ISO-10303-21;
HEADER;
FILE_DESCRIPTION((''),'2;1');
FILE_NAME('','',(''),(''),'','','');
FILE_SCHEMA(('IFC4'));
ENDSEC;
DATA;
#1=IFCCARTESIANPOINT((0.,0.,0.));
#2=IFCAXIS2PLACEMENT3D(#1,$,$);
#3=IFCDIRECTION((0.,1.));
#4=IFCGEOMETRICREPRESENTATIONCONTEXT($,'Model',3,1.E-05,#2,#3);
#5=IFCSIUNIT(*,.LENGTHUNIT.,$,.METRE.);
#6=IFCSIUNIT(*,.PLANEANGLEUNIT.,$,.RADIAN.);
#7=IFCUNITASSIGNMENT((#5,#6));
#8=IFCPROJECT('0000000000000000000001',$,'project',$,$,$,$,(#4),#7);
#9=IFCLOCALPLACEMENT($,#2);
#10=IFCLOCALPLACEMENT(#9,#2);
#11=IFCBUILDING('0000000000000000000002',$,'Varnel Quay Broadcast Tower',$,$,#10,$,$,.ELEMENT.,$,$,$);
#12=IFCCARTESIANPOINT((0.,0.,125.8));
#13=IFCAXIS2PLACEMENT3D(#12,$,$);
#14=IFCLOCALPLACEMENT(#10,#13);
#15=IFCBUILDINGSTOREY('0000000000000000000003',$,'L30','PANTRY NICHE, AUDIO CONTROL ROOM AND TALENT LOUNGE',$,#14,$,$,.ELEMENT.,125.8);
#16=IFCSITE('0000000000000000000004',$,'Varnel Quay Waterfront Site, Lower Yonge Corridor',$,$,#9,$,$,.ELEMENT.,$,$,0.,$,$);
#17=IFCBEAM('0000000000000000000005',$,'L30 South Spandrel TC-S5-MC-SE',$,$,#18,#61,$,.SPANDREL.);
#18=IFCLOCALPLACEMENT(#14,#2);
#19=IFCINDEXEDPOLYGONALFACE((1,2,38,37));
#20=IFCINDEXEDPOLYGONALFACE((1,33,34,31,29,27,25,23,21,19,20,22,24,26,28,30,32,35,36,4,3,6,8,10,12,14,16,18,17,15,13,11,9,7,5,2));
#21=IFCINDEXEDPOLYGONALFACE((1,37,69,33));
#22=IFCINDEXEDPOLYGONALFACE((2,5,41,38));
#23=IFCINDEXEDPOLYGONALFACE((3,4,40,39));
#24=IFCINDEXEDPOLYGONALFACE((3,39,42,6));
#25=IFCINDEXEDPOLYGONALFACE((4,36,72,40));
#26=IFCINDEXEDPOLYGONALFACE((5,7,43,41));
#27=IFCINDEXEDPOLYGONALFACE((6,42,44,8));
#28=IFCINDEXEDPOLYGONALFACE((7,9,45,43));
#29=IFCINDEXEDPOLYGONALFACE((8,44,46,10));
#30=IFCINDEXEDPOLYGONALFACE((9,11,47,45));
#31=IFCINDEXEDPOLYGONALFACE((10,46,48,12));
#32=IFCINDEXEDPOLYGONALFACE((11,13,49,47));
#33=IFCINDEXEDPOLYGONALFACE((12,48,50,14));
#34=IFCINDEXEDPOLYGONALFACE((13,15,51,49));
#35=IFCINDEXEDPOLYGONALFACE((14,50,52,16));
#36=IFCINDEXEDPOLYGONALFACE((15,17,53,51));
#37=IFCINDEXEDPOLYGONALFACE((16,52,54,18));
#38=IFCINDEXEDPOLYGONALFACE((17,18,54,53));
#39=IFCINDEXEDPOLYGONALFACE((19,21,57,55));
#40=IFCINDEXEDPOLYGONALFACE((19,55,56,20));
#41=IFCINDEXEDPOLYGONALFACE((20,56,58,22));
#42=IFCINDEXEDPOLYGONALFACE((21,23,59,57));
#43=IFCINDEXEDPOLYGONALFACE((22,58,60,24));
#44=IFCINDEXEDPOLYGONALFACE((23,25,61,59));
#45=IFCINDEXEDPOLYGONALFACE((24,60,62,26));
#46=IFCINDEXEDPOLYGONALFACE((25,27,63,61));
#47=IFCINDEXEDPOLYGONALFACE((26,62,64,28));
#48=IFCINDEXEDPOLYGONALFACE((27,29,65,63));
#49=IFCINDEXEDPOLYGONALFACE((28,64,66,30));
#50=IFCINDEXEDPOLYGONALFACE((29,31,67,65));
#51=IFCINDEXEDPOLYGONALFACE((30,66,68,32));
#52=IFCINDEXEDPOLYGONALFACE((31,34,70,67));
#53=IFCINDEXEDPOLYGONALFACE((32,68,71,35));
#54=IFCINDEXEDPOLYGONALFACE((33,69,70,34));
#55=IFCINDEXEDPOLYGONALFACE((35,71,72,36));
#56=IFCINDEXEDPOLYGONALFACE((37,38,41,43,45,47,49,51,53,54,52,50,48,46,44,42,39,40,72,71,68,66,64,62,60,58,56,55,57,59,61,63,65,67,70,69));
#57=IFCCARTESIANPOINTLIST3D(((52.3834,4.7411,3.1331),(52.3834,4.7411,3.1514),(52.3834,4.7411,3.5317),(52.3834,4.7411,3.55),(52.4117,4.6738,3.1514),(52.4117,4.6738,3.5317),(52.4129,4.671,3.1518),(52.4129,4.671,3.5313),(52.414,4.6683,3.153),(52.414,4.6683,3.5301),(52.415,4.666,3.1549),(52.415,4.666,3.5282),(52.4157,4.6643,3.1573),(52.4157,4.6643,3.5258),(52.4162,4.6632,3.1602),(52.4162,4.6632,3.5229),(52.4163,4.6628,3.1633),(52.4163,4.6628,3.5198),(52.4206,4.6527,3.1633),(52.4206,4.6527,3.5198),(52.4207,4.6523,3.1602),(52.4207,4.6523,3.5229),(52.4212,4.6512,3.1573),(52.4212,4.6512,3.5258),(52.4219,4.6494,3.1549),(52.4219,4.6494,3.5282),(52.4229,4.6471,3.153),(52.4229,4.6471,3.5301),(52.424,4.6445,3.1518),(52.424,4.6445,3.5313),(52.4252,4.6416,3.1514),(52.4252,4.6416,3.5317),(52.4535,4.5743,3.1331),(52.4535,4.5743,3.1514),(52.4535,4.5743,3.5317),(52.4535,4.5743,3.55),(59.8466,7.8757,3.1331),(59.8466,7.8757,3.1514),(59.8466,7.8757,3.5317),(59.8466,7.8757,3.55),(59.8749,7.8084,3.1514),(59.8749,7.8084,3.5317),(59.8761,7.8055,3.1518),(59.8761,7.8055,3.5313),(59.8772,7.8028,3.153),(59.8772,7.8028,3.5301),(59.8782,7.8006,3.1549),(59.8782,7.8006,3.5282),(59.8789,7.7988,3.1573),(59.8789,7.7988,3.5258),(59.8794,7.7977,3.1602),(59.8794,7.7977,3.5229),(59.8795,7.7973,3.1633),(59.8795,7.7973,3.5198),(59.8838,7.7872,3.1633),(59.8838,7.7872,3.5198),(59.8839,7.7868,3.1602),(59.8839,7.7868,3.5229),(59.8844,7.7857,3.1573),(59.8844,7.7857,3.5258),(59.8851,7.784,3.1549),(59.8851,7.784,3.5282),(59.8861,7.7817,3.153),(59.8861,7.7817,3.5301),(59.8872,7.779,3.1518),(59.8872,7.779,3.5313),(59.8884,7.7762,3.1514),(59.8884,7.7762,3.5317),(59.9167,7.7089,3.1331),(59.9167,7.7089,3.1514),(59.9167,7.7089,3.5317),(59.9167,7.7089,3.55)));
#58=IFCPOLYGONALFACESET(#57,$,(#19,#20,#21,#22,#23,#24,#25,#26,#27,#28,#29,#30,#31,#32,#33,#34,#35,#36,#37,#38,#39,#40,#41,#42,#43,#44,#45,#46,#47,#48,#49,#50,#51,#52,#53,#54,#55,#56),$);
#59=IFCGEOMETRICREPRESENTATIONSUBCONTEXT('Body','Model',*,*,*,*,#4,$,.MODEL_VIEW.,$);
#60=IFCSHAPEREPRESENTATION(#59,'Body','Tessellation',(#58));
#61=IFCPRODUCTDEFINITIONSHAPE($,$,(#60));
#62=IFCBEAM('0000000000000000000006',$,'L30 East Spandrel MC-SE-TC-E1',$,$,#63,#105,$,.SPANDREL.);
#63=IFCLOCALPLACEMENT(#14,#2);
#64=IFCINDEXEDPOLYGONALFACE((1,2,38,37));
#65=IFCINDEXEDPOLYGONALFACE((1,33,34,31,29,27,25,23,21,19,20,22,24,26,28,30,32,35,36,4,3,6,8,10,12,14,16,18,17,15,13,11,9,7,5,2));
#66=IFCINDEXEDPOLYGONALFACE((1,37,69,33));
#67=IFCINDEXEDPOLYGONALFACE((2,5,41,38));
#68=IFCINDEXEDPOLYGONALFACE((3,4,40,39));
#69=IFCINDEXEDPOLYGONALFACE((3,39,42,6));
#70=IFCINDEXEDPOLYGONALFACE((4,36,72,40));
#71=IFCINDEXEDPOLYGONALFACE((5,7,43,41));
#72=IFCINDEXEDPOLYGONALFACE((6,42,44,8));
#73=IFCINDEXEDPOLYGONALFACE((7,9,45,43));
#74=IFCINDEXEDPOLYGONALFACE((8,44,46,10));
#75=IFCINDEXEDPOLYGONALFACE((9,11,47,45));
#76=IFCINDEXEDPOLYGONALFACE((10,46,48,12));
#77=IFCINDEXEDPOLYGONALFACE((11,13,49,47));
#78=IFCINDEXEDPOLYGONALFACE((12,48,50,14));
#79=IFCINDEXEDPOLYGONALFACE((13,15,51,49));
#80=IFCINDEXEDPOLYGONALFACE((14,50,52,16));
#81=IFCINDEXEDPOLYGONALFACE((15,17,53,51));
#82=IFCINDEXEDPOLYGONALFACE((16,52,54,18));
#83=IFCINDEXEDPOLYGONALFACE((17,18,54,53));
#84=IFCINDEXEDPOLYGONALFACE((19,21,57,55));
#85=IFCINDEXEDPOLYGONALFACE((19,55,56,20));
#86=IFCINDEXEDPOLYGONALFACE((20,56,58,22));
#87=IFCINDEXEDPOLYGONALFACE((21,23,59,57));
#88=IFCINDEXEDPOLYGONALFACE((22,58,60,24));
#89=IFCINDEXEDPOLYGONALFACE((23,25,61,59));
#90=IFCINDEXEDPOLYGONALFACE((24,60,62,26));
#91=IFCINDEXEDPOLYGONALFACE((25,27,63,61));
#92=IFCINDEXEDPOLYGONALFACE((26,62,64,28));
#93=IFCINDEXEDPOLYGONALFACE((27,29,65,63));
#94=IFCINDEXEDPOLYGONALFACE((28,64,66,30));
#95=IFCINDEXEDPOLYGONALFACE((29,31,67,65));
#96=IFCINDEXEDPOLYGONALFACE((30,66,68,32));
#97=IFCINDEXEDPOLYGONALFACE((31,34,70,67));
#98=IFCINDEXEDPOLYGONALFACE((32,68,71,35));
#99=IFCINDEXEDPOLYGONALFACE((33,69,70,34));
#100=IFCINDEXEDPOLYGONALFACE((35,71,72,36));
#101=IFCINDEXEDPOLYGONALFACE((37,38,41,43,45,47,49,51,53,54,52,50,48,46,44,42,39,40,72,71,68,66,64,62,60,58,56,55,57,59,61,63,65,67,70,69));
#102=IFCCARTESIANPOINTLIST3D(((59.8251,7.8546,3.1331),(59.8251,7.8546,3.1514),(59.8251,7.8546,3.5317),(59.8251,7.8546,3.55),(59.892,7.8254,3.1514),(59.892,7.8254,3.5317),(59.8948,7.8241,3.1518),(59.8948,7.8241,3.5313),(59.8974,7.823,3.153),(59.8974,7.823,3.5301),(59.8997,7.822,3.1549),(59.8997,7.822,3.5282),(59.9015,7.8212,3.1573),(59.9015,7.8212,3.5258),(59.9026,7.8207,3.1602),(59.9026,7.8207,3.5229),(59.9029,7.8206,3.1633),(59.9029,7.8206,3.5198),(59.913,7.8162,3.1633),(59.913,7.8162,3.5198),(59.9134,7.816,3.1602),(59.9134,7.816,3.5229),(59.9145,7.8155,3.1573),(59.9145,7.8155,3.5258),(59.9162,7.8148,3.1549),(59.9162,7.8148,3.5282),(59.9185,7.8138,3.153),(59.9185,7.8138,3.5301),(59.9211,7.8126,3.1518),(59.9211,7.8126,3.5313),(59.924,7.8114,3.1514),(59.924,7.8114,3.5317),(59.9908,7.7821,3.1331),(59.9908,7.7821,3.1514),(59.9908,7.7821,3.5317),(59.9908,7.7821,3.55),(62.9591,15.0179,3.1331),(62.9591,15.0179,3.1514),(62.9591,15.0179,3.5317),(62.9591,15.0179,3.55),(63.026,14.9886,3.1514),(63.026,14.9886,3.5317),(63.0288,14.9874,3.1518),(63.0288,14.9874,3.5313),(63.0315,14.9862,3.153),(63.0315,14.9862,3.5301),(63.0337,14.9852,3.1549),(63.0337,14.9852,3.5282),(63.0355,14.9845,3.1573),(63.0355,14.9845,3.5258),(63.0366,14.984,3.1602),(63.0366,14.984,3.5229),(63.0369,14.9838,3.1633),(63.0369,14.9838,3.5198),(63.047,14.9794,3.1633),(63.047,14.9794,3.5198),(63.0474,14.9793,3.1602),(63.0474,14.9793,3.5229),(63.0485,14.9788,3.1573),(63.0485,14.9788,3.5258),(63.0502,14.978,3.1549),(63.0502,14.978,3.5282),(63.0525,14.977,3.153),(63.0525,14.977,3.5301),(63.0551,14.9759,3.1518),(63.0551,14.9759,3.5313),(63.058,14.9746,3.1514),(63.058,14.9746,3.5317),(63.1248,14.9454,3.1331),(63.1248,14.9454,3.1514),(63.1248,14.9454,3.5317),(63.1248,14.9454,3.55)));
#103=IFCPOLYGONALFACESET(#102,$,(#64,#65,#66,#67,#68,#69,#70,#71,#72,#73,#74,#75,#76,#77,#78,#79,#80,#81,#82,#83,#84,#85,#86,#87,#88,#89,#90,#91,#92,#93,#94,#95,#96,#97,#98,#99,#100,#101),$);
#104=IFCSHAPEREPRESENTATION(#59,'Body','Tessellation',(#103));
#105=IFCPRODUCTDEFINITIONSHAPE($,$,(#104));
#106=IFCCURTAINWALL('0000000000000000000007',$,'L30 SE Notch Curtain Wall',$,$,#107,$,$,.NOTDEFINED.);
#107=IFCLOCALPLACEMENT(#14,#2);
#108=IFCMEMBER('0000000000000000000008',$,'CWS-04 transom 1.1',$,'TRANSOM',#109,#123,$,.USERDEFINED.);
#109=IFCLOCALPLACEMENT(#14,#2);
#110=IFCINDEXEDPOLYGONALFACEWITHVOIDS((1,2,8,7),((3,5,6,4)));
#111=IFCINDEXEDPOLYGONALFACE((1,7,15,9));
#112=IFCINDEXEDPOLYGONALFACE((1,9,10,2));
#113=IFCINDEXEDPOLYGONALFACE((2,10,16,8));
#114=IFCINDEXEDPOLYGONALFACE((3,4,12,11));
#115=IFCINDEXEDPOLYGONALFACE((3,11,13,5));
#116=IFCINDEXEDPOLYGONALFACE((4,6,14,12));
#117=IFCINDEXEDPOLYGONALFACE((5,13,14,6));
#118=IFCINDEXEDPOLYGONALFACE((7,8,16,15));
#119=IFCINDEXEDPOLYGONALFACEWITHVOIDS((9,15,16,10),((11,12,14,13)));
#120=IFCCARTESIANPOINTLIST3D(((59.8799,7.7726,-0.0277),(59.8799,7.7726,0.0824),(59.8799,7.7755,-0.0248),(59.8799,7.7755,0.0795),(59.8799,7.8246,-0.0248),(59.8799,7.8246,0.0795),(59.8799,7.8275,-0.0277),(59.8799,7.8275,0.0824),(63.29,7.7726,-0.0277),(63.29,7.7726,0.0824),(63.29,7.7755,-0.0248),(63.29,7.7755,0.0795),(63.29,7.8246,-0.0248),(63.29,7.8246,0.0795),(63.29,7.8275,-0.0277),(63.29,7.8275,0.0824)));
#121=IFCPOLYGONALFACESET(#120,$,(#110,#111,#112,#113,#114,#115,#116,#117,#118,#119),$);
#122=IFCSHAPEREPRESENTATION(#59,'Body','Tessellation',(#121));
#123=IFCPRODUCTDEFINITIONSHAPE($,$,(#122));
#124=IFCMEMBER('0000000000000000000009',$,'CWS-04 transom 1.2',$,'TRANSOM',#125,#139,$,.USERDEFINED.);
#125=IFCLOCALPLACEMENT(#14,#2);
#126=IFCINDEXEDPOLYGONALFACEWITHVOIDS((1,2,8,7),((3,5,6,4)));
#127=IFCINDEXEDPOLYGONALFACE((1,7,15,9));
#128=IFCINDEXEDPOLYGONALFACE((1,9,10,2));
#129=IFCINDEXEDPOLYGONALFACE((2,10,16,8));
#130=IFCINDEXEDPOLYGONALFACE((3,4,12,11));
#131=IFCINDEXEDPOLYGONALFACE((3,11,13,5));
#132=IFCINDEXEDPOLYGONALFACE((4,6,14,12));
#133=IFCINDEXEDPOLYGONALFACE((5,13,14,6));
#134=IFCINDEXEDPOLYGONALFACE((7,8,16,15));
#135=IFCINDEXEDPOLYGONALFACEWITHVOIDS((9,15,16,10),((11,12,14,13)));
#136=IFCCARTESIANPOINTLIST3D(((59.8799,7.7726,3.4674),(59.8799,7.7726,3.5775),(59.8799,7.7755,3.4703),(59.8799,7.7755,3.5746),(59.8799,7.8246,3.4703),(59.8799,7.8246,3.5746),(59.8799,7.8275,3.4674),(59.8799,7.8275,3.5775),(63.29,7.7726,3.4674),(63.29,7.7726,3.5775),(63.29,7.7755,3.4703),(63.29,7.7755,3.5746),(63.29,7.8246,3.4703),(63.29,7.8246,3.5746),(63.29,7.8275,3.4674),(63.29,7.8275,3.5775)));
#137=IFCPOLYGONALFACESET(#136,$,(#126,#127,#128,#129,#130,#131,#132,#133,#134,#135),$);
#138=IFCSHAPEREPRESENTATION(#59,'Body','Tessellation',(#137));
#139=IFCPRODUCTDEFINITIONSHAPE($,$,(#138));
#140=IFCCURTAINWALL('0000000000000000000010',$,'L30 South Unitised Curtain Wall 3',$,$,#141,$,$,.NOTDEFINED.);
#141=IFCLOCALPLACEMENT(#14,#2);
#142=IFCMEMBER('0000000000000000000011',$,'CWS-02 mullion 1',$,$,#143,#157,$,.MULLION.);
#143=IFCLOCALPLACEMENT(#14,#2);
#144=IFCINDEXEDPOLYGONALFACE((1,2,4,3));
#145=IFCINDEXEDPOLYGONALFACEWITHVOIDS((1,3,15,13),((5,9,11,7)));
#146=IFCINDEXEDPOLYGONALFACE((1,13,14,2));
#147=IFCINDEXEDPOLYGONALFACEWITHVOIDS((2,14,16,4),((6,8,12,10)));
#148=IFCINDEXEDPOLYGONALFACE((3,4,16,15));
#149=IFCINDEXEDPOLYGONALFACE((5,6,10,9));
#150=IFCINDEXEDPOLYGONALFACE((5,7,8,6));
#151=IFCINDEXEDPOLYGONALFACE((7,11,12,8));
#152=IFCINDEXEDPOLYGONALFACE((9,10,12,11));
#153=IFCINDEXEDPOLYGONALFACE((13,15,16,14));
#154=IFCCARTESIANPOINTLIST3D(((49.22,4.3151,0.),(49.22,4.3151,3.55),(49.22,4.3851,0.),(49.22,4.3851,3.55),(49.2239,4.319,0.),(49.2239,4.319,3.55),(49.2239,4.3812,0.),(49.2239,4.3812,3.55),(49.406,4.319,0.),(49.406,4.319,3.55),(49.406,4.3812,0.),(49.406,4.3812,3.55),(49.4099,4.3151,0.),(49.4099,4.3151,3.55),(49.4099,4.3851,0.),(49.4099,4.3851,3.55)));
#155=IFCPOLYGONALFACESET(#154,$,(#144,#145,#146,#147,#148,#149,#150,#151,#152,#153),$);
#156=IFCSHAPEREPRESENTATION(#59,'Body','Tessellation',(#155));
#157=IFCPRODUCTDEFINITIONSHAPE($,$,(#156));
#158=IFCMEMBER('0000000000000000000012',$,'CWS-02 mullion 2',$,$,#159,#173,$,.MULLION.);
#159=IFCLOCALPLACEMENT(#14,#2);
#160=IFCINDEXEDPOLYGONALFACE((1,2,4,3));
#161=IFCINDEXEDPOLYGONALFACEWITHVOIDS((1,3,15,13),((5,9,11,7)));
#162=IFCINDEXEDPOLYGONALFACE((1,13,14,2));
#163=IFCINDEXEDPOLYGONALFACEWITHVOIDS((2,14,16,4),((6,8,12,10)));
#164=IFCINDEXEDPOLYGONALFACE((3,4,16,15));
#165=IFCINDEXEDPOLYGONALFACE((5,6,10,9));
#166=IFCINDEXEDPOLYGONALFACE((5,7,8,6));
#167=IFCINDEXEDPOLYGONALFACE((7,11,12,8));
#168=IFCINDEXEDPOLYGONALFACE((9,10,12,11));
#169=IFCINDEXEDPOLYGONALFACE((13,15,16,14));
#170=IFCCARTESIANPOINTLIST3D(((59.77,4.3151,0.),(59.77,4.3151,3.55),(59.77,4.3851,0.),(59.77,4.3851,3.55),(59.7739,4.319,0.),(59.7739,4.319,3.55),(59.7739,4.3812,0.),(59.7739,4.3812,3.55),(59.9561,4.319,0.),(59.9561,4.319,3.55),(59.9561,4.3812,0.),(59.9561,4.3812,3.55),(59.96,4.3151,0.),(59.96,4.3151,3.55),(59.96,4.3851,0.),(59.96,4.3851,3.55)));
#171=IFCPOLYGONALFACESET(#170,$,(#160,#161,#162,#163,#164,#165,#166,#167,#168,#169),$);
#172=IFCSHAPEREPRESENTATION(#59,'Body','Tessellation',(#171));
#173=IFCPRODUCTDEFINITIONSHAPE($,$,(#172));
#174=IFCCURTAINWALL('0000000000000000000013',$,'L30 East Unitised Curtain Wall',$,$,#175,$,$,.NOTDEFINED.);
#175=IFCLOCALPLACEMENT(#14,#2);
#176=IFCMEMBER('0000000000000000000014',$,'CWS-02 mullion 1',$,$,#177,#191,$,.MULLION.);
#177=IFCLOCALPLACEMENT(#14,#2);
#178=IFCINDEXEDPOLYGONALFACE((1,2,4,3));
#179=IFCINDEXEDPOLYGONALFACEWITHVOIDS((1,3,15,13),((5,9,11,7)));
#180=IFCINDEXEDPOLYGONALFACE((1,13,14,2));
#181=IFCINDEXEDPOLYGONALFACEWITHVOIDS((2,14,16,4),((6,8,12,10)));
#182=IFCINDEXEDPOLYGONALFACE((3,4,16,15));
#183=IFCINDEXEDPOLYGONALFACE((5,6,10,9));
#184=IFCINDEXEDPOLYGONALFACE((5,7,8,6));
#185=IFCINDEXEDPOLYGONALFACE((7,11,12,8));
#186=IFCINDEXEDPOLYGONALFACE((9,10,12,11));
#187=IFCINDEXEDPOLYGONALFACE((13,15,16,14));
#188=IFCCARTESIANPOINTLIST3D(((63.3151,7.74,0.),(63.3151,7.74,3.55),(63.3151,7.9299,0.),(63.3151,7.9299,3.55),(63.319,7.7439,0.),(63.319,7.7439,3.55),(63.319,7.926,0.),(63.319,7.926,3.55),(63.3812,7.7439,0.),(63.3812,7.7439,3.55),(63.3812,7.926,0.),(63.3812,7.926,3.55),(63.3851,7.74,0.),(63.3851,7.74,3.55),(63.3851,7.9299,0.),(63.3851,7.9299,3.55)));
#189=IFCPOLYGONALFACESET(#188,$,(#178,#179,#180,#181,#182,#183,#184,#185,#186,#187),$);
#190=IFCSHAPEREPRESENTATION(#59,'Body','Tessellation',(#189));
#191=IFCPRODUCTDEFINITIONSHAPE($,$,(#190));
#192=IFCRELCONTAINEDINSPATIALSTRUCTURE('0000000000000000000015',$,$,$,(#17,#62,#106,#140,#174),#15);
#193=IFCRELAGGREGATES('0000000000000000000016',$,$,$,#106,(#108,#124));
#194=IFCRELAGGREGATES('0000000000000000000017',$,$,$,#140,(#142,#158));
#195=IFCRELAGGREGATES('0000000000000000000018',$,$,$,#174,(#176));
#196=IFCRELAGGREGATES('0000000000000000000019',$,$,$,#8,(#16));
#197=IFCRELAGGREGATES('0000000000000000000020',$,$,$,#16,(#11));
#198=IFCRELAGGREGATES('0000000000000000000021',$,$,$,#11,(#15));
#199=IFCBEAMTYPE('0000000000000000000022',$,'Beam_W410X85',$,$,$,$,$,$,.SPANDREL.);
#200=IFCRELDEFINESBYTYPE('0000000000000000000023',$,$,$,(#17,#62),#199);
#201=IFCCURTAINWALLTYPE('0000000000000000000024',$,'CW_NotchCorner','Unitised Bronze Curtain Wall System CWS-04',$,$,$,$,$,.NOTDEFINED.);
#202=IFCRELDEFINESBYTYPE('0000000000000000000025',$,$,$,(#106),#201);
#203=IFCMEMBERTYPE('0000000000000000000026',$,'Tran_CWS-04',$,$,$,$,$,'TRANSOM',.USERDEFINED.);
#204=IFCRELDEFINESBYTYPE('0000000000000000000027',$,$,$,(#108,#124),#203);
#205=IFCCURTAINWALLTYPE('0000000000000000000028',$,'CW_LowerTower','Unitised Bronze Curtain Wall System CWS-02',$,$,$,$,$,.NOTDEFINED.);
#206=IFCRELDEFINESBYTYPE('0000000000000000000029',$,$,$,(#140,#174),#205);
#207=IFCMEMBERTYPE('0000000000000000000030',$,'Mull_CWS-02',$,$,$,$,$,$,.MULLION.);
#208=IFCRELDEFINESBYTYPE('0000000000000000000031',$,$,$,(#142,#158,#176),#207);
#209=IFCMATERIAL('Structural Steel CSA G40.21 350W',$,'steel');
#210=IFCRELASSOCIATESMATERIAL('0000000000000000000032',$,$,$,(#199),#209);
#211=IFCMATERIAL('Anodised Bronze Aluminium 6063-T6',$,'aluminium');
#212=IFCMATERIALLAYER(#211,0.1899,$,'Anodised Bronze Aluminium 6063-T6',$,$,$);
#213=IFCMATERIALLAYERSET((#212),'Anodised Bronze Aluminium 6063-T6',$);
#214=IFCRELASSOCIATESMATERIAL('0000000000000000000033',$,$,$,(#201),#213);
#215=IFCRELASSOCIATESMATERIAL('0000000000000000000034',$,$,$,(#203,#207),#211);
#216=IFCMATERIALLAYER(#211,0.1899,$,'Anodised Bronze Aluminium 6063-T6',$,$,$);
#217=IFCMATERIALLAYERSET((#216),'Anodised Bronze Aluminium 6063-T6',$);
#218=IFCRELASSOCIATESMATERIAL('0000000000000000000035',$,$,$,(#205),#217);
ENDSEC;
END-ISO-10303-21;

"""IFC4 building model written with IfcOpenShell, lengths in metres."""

from ifc_helpers import new_model, si_unit, direction, frame, origin, origin_2d, place, context, subcontext, project, spatial, hollow_rectangle, i_section, extrude, source, transform, mapped, material, layer, layer_set, material_profile, profile_set, type_object, type_shapes, element, aggregate, save


model = new_model("IFC4")

# Units and contexts
model_context = context("Model", 3, precision=1e-05, world=origin(), true_north=direction((0.0, 1.0)))
body_context = subcontext(model_context, "Body", "Model", "MODEL_VIEW")
ifc_project = project(units=[si_unit("LENGTHUNIT", "METRE"), si_unit("PLANEANGLEUNIT", "RADIAN")], contexts=[model_context])

# Site, building, storey
site_placement = place(None, origin())
site = spatial("IfcSite", under=ifc_project, at=site_placement, Name="Varnel Quay Waterfront Site, Lower Yonge Corridor", CompositionType="ELEMENT", RefElevation=0.0)
building_placement = place(site_placement, origin())
building = spatial("IfcBuilding", under=site, at=building_placement, Name="Varnel Quay Broadcast Tower", CompositionType="ELEMENT")
storey_placement = place(building_placement, frame((0.0, 0.0, 125.8)))
storey = spatial("IfcBuildingStorey", under=building, at=storey_placement, Name="L30", Description="PANTRY NICHE, AUDIO CONTROL ROOM AND TALENT LOUNGE", CompositionType="ELEMENT", Elevation=125.8)

# Shared definitions
ifc_material_1 = material(Name="Structural Steel CSA G40.21 350W", Category="steel")

# Beams
ifc_material_profile_1 = material_profile(ifc_material_1, i_section(OverallWidth=0.1809, OverallDepth=0.417, WebThickness=0.011, FlangeThickness=0.0183, FilletRadius=0.012, at=origin_2d()), Name="W410X85")
ifc_profile_set_1 = profile_set([ifc_material_profile_1], Name="Structural Steel CSA G40.21 350W")
beam_type = type_object("IfcBeamType", Name="Beam_W410X85", PredefinedType="SPANDREL", material=ifc_profile_set_1)
shared_shape_1 = source(origin(), body_context, "Body", "SweptSolid", [
    extrude(i_section(OverallWidth=0.1809, OverallDepth=0.417, WebThickness=0.011, FlangeThickness=0.0183, FilletRadius=0.012, at=origin_2d()), origin(), (0.0, 0.0, 1.0), 8.0947),
])
beam_1_placement = place(storey_placement, frame((52.4185, 4.6577, 3.3416), z_axis=(0.921982, 0.387233, 0.0), x_axis=(-0.387233, 0.921982, 0.0)))
element("IfcBeam", 1, at=beam_1_placement, inside=storey, type_object=beam_type, Name="L30 South Spandrel TC-S5-MC-SE", PredefinedType="SPANDREL", context=body_context, shape_type="MappedRepresentation", body=[
    mapped(shared_shape_1, transform((0.0, 0.0, 0.0), x_axis=(1.0, 0.0, 0.0), y_axis=(0.0, 1.0, 0.0), z_axis=(0.0, 0.0, 1.0), scale=1.0)),
])
shared_shape_2 = source(origin(), body_context, "Body", "SweptSolid", [
    extrude(i_section(OverallWidth=0.1809, OverallDepth=0.417, WebThickness=0.011, FlangeThickness=0.0183, FilletRadius=0.012, at=origin_2d()), origin(), (0.0, 0.0, 1.0), 7.8188),
])
beam_2_placement = place(storey_placement, frame((59.908, 7.8184, 3.3416), z_axis=(0.400827, 0.916154, 0.0), x_axis=(-0.916154, 0.400827, 0.0)))
element("IfcBeam", 2, at=beam_2_placement, inside=storey, type_object=beam_type, Name="L30 East Spandrel MC-SE-TC-E1", PredefinedType="SPANDREL", context=body_context, shape_type="MappedRepresentation", body=[
    mapped(shared_shape_2, transform((0.0, 0.0, 0.0), x_axis=(1.0, 0.0, 0.0), y_axis=(0.0, 1.0, 0.0), z_axis=(0.0, 0.0, 1.0), scale=1.0)),
])

# Curtain walls, members
ifc_material_2 = material(Name="Anodised Bronze Aluminium 6063-T6", Category="aluminium")
ifc_layer_1 = layer(ifc_material_2, 0.1899, Name="Anodised Bronze Aluminium 6063-T6")
ifc_layer_set_1 = layer_set([ifc_layer_1], Name="Anodised Bronze Aluminium 6063-T6")
curtain_wall_type_1 = type_object("IfcCurtainWallType", Name="CW_NotchCorner", Description="Unitised Bronze Curtain Wall System CWS-04", PredefinedType="NOTDEFINED", material=ifc_layer_set_1)
curtain_wall_1_placement = place(storey_placement, origin())
curtain_wall_1 = element("IfcCurtainWall", 3, at=curtain_wall_1_placement, inside=storey, type_object=curtain_wall_type_1, Name="L30 SE Notch Curtain Wall", PredefinedType="NOTDEFINED")
ifc_material_profile_2 = material_profile(ifc_material_2, hollow_rectangle(XDim=0.0549, YDim=0.1101, WallThickness=0.0029, at=origin_2d()), Name="ALU55X110X3")
ifc_profile_set_2 = profile_set([ifc_material_profile_2], Name="Anodised Bronze Aluminium 6063-T6")
member_type_1 = type_object("IfcMemberType", Name="Tran_CWS-04", ElementType="TRANSOM", PredefinedType="USERDEFINED", material=ifc_profile_set_2)
shared_shape_3 = source(origin(), body_context, "Body", "SweptSolid", [
    extrude(hollow_rectangle(XDim=0.0549, YDim=0.1101, WallThickness=0.0029, at=origin_2d()), origin(), (0.0, 0.0, 1.0), 3.4102),
])
type_shapes(member_type_1, [shared_shape_3])
member_1_placement = place(storey_placement, frame((59.8799, 7.8, 0.0273), z_axis=(1.0, 0.0, 0.0), x_axis=(0.0, 1.0, 0.0)))
member_1 = element("IfcMember", 4, at=member_1_placement, type_object=member_type_1, Name="CWS-04 transom 1.1", ObjectType="TRANSOM", PredefinedType="USERDEFINED", context=body_context, shape_type="MappedRepresentation", body=[
    mapped(shared_shape_3, transform((0.0, 0.0, 0.0), x_axis=(1.0, 0.0, 0.0), y_axis=(0.0, 1.0, 0.0), z_axis=(0.0, 0.0, 1.0), scale=1.0)),
])
member_2_placement = place(storey_placement, frame((59.8799, 7.8, 3.5225), z_axis=(1.0, 0.0, 0.0), x_axis=(0.0, 1.0, 0.0)))
member_2 = element("IfcMember", 5, at=member_2_placement, type_object=member_type_1, Name="CWS-04 transom 1.2", ObjectType="TRANSOM", PredefinedType="USERDEFINED", context=body_context, shape_type="MappedRepresentation", body=[
    mapped(shared_shape_3, transform((0.0, 0.0, 0.0), x_axis=(1.0, 0.0, 0.0), y_axis=(0.0, 1.0, 0.0), z_axis=(0.0, 0.0, 1.0), scale=1.0)),
])
ifc_layer_2 = layer(ifc_material_2, 0.1899, Name="Anodised Bronze Aluminium 6063-T6")
ifc_layer_set_2 = layer_set([ifc_layer_2], Name="Anodised Bronze Aluminium 6063-T6")
curtain_wall_type_2 = type_object("IfcCurtainWallType", Name="CW_LowerTower", Description="Unitised Bronze Curtain Wall System CWS-02", PredefinedType="NOTDEFINED", material=ifc_layer_set_2)
curtain_wall_2_placement = place(storey_placement, origin())
curtain_wall_2 = element("IfcCurtainWall", 6, at=curtain_wall_2_placement, inside=storey, type_object=curtain_wall_type_2, Name="L30 South Unitised Curtain Wall 3", PredefinedType="NOTDEFINED")
ifc_material_profile_3 = material_profile(ifc_material_2, hollow_rectangle(XDim=0.0701, YDim=0.1899, WallThickness=0.0039, at=origin_2d()), Name="ALU70X190X4")
ifc_profile_set_3 = profile_set([ifc_material_profile_3], Name="Anodised Bronze Aluminium 6063-T6")
member_type_2 = type_object("IfcMemberType", Name="Mull_CWS-02", PredefinedType="MULLION", material=ifc_profile_set_3)
shared_shape_4 = source(origin(), body_context, "Body", "SweptSolid", [
    extrude(hollow_rectangle(XDim=0.0701, YDim=0.1899, WallThickness=0.0039, at=origin_2d()), origin(), (0.0, 0.0, 1.0), 3.55),
])
type_shapes(member_type_2, [shared_shape_4])
member_3_placement = place(storey_placement, frame((49.3149, 4.3501, 0.0), z_axis=(0.0, 0.0, 1.0), x_axis=(0.0, 1.0, 0.0)))
member_3 = element("IfcMember", 7, at=member_3_placement, type_object=member_type_2, Name="CWS-02 mullion 1", PredefinedType="MULLION", context=body_context, shape_type="MappedRepresentation", body=[
    mapped(shared_shape_4, transform((0.0, 0.0, 0.0), x_axis=(1.0, 0.0, 0.0), y_axis=(0.0, 1.0, 0.0), z_axis=(0.0, 0.0, 1.0), scale=1.0)),
])
member_4_placement = place(storey_placement, frame((59.865, 4.3501, 0.0), z_axis=(0.0, 0.0, 1.0), x_axis=(0.0, 1.0, 0.0)))
member_4 = element("IfcMember", 8, at=member_4_placement, type_object=member_type_2, Name="CWS-02 mullion 2", PredefinedType="MULLION", context=body_context, shape_type="MappedRepresentation", body=[
    mapped(shared_shape_4, transform((0.0, 0.0, 0.0), x_axis=(1.0, 0.0, 0.0), y_axis=(0.0, 1.0, 0.0), z_axis=(0.0, 0.0, 1.0), scale=1.0)),
])
curtain_wall_3_placement = place(storey_placement, origin())
curtain_wall_3 = element("IfcCurtainWall", 9, at=curtain_wall_3_placement, inside=storey, type_object=curtain_wall_type_2, Name="L30 East Unitised Curtain Wall", PredefinedType="NOTDEFINED")
member_5_placement = place(storey_placement, frame((63.3501, 7.835, 0.0), z_axis=(0.0, 0.0, 1.0), x_axis=(-1.0, 0.0, 0.0)))
member_5 = element("IfcMember", 10, at=member_5_placement, type_object=member_type_2, Name="CWS-02 mullion 1", PredefinedType="MULLION", context=body_context, shape_type="MappedRepresentation", body=[
    mapped(shared_shape_4, transform((0.0, 0.0, 0.0), x_axis=(1.0, 0.0, 0.0), y_axis=(0.0, 1.0, 0.0), z_axis=(0.0, 0.0, 1.0), scale=1.0)),
])

aggregate(curtain_wall_1, [member_1, member_2])
aggregate(curtain_wall_2, [member_3, member_4])
aggregate(curtain_wall_3, [member_5])

save(model, "model.ifc")
